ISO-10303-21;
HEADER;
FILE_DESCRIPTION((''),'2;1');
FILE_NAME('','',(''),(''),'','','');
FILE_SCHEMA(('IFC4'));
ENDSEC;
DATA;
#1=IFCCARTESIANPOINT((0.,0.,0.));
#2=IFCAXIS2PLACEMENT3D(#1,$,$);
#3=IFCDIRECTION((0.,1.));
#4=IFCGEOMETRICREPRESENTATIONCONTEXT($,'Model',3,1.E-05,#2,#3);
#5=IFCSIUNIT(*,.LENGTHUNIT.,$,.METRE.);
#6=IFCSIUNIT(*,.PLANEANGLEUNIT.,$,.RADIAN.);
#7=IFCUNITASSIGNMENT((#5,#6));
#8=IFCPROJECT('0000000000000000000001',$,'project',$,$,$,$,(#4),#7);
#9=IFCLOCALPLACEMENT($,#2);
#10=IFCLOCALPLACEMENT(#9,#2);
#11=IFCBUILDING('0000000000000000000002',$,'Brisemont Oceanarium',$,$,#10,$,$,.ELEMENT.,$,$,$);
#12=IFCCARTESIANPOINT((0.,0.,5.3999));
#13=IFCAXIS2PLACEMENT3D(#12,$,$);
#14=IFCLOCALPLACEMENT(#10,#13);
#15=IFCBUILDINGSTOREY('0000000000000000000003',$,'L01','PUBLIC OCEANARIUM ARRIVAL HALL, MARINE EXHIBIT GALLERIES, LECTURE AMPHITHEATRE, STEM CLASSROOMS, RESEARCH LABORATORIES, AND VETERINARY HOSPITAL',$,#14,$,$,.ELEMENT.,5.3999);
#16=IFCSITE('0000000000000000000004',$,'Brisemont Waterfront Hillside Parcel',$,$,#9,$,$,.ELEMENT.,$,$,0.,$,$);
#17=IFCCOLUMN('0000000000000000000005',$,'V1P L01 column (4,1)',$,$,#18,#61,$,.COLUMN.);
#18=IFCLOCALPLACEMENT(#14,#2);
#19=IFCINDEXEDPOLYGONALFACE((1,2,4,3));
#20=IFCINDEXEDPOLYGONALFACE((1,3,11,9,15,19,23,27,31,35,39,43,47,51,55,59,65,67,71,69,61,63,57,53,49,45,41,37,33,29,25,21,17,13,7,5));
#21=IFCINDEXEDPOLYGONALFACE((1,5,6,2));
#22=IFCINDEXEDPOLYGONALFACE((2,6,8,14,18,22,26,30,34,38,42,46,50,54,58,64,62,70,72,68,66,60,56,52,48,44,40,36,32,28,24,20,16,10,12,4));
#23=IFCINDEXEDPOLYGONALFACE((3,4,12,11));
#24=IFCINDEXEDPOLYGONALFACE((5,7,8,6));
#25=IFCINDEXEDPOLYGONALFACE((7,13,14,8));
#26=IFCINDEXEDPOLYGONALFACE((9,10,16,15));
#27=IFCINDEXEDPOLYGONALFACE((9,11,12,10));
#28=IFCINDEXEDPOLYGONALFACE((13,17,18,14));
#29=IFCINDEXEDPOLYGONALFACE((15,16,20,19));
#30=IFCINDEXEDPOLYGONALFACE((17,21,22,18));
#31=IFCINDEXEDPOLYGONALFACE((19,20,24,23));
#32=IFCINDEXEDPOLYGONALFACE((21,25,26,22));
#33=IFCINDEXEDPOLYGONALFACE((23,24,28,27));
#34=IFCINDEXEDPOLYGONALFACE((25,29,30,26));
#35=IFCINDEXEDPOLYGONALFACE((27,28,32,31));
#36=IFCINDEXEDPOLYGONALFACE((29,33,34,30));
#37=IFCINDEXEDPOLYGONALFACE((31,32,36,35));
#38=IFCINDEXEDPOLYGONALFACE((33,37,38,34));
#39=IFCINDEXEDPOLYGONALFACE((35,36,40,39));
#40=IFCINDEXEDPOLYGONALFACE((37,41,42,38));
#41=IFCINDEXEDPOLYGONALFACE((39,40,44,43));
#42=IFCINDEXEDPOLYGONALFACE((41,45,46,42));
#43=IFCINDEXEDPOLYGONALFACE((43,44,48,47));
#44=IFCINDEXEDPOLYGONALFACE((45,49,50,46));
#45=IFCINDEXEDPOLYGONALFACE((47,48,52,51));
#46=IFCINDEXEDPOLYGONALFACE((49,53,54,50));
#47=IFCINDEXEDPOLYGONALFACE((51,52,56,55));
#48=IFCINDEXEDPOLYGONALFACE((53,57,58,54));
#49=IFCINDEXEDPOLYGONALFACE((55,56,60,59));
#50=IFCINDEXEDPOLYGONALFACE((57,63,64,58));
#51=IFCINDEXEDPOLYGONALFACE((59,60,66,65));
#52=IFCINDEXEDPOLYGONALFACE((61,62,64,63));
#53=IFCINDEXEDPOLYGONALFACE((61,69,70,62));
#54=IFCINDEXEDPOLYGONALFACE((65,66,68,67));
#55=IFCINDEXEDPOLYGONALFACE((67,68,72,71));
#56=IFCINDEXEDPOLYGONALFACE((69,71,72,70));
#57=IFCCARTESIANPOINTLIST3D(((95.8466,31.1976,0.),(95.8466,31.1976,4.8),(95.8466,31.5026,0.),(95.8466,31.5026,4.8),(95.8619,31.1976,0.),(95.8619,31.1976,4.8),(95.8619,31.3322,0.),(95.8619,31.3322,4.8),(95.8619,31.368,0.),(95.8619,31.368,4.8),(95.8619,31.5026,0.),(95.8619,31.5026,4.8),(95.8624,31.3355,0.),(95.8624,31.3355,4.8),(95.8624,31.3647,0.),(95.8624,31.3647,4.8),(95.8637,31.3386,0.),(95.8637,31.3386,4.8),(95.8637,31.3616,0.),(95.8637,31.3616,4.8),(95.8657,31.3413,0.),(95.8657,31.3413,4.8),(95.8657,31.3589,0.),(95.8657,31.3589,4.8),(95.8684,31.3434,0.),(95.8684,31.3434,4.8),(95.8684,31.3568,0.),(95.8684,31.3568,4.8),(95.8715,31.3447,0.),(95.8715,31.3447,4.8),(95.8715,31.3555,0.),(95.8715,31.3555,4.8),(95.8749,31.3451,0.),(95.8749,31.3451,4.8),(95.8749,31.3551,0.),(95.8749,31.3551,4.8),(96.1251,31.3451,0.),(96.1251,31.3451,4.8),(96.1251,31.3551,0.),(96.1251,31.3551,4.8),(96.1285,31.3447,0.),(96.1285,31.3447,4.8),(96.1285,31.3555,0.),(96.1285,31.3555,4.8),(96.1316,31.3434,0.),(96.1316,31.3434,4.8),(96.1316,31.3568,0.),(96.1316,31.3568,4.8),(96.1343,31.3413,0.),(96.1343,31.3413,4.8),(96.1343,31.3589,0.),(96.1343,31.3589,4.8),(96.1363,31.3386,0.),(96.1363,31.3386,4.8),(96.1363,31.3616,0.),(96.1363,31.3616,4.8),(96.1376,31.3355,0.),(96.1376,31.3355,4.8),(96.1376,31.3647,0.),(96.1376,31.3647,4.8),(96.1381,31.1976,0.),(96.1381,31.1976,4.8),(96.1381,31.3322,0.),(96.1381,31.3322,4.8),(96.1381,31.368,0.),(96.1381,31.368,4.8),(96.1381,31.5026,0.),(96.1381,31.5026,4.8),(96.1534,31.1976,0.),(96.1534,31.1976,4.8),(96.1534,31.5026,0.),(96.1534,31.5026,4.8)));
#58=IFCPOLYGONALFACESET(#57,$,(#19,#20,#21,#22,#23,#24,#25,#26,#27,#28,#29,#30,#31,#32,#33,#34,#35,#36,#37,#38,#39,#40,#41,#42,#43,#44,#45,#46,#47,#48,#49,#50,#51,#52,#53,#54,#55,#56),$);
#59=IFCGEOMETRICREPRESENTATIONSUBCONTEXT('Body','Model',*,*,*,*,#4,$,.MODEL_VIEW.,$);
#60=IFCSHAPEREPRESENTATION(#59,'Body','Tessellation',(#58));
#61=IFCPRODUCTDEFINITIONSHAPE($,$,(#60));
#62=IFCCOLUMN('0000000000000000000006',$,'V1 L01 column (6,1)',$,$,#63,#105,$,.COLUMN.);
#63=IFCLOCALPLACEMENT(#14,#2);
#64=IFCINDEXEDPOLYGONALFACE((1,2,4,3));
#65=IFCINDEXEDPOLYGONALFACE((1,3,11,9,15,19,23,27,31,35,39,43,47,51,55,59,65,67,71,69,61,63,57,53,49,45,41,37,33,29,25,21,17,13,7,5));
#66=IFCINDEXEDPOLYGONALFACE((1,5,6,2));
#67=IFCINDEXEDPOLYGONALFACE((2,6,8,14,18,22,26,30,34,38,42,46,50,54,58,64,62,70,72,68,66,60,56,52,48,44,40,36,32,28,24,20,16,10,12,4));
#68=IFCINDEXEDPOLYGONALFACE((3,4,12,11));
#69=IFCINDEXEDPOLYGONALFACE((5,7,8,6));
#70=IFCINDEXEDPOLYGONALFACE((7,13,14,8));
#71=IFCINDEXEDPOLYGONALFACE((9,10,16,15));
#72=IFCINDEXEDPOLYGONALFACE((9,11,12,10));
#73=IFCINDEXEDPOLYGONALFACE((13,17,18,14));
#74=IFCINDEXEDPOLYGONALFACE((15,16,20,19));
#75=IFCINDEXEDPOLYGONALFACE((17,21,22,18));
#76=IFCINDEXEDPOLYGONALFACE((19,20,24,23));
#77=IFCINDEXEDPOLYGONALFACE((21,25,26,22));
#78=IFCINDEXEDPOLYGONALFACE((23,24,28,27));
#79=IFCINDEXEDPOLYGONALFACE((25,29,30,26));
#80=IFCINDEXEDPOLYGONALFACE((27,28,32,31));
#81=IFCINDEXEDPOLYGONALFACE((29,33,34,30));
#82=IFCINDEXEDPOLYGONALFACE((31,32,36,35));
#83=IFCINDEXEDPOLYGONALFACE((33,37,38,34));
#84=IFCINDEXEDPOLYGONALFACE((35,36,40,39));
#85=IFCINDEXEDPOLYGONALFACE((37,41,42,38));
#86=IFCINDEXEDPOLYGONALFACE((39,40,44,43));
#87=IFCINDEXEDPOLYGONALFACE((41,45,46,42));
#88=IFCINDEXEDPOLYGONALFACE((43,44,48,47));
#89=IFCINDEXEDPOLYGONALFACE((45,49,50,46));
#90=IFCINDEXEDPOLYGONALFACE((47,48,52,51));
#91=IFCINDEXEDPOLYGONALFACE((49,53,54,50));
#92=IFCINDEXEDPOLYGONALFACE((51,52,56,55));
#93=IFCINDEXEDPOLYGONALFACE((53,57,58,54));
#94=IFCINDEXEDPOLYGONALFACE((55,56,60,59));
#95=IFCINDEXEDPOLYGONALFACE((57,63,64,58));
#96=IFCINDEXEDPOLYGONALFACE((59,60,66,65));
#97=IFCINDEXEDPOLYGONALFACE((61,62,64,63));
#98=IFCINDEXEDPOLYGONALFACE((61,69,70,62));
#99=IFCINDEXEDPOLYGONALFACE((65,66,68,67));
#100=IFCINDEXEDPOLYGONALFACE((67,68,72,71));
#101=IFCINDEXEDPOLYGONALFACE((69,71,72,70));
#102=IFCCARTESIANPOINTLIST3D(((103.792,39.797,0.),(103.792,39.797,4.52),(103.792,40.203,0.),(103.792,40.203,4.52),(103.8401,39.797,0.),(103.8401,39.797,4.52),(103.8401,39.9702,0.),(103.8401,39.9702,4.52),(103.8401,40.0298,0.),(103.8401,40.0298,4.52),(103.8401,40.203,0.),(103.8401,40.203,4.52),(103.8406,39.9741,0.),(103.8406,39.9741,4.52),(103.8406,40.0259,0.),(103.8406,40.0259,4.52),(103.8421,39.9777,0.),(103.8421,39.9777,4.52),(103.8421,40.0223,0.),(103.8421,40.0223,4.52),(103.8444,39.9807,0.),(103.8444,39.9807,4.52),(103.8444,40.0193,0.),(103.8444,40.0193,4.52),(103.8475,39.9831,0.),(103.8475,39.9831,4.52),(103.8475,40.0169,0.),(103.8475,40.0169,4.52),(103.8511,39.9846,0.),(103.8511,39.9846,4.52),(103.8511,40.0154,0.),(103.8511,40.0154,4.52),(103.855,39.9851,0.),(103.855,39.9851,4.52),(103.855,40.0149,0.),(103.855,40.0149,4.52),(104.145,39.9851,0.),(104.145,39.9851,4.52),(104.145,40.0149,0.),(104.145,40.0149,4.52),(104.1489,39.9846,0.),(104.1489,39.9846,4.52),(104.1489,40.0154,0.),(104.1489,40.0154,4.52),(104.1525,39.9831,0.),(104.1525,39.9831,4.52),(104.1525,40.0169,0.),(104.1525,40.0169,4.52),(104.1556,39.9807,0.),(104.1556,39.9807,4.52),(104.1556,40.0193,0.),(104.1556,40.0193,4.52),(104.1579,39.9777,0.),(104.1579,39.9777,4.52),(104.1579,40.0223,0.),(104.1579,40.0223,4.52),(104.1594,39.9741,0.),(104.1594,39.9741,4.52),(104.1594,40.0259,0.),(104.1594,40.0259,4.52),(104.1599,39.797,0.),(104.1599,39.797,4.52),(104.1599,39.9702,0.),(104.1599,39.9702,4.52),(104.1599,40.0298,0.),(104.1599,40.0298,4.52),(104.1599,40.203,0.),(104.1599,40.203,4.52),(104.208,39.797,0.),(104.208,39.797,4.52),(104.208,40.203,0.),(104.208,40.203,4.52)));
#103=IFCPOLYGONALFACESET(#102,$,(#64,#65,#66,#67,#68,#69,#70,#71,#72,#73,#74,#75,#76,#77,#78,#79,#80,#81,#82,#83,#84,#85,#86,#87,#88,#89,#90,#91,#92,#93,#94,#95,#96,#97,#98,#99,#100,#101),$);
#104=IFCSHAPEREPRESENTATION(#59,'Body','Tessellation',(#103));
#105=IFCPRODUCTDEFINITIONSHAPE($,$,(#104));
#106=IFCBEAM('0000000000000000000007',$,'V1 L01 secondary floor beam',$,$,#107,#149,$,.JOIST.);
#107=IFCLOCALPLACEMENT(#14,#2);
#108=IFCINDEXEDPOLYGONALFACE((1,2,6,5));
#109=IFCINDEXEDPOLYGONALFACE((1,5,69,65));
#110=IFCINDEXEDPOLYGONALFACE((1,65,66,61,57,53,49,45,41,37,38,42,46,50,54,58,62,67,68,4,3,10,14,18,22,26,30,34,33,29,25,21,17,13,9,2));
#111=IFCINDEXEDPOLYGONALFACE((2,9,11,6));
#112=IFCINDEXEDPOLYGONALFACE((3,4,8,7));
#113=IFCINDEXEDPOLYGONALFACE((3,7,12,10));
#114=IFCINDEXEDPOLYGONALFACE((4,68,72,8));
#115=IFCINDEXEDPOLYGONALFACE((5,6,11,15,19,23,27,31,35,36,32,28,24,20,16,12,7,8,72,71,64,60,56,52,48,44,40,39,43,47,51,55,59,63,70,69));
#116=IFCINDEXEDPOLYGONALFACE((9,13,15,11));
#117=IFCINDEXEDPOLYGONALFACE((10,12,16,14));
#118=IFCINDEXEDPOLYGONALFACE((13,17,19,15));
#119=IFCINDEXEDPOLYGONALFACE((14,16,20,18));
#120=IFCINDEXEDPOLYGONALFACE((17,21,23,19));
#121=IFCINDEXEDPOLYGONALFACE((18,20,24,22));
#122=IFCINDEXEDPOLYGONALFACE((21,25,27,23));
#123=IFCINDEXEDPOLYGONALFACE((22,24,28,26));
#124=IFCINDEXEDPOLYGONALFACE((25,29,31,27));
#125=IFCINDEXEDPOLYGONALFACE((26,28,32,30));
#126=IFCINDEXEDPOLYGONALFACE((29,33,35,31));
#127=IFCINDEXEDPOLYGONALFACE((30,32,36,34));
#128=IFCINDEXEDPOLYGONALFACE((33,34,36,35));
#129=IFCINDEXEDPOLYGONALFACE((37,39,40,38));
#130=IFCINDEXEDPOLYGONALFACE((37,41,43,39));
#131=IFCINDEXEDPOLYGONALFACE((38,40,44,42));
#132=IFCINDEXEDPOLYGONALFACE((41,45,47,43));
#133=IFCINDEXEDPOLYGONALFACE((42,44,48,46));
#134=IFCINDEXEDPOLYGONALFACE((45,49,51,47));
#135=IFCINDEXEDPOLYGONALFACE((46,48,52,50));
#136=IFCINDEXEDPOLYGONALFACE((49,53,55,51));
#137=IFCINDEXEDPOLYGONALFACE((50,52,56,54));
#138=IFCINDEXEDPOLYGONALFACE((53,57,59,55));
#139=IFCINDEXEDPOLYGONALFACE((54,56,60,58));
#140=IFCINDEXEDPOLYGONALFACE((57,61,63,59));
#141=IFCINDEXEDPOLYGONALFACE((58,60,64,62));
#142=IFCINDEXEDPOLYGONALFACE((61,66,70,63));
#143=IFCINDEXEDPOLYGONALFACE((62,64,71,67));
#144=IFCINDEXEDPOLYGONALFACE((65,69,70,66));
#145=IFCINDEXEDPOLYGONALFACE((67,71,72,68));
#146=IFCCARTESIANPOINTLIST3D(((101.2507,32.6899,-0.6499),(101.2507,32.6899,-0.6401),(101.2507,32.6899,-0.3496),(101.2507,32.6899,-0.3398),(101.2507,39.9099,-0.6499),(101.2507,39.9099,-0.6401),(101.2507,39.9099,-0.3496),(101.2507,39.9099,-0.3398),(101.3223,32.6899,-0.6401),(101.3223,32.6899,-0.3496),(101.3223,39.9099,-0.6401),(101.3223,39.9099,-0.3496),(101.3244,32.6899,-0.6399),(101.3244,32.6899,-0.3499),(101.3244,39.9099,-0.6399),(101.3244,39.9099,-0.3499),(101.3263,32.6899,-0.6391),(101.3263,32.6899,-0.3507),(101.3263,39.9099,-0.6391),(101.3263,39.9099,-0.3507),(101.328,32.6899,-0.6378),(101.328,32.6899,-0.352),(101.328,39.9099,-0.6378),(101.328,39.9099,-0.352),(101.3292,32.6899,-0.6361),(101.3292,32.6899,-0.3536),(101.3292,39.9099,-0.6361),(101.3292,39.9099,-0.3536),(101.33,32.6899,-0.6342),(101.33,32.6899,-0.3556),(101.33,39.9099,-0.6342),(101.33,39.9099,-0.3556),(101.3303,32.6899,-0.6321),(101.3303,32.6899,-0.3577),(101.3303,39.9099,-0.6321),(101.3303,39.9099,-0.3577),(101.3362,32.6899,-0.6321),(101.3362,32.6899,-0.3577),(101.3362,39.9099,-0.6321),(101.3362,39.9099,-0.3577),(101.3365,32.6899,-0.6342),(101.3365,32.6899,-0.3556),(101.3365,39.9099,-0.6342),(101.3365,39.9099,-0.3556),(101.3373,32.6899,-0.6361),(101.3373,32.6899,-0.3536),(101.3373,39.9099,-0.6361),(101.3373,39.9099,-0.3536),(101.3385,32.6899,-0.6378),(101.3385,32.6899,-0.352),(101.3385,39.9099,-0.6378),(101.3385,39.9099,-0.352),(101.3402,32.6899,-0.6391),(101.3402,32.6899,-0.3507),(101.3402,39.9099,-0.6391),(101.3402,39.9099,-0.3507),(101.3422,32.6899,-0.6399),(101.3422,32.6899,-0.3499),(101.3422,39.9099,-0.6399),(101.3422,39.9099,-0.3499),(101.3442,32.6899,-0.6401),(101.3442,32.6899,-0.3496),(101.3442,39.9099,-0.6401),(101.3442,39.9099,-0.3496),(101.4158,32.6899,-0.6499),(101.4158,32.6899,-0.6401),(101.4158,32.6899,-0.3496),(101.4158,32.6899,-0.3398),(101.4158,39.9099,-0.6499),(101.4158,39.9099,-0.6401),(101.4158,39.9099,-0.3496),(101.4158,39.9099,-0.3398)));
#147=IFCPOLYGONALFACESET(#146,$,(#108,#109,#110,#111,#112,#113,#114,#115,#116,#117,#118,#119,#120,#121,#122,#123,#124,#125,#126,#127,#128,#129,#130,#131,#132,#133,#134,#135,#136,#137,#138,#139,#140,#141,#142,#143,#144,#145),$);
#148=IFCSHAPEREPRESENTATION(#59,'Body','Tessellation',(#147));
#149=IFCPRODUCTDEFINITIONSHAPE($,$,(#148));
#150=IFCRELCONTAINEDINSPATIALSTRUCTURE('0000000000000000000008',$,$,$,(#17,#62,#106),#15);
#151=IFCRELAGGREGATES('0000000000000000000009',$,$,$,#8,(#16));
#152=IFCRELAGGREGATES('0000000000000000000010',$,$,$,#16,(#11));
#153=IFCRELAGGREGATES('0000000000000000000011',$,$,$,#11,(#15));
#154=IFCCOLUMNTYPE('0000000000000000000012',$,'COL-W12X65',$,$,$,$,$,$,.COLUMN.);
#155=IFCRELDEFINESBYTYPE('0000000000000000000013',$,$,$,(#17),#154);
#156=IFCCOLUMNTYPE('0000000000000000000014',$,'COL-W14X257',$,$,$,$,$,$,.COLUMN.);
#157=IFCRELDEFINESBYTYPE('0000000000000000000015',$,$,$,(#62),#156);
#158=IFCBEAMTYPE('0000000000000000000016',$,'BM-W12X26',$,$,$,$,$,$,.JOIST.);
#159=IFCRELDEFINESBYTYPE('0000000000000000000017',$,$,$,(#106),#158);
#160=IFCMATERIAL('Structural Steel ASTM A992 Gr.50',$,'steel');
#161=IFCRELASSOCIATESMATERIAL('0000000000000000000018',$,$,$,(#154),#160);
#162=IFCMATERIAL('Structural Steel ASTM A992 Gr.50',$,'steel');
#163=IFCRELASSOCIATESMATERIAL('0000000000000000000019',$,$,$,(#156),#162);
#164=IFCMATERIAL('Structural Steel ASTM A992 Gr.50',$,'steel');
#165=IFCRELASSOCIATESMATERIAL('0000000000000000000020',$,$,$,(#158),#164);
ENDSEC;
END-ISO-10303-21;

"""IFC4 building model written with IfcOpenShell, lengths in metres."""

from ifc_helpers import new_model, si_unit, direction, frame, origin, origin_2d, place, context, subcontext, project, spatial, i_section, extrude, material, material_profile, profile_set, type_object, element, save


model = new_model("IFC4")

# Units and contexts
model_context = context("Model", 3, precision=1e-05, world=origin(), true_north=direction((0.0, 1.0)))
body_context = subcontext(model_context, "Body", "Model", "MODEL_VIEW")
ifc_project = project(units=[si_unit("LENGTHUNIT", "METRE"), si_unit("PLANEANGLEUNIT", "RADIAN")], contexts=[model_context])

# Site, building, storey
site_placement = place(None, origin())
site = spatial("IfcSite", under=ifc_project, at=site_placement, Name="Brisemont Waterfront Hillside Parcel", CompositionType="ELEMENT", RefElevation=0.0)
building_placement = place(site_placement, origin())
building = spatial("IfcBuilding", under=site, at=building_placement, Name="Brisemont Oceanarium", CompositionType="ELEMENT")
storey_placement = place(building_placement, frame((0.0, 0.0, 5.3999)))
storey = spatial("IfcBuildingStorey", under=building, at=storey_placement, Name="L01", Description="PUBLIC OCEANARIUM ARRIVAL HALL, MARINE EXHIBIT GALLERIES, LECTURE AMPHITHEATRE, STEM CLASSROOMS, RESEARCH LABORATORIES, AND VETERINARY HOSPITAL", CompositionType="ELEMENT", Elevation=5.3999)

# Columns
ifc_material_1 = material(Name="Structural Steel ASTM A992 Gr.50", Category="steel")
ifc_material_profile_1 = material_profile(ifc_material_1, i_section(OverallWidth=0.3049, OverallDepth=0.3069, WebThickness=0.01, FlangeThickness=0.0154, FilletRadius=0.0129, at=origin_2d()), Name="W12X65")
ifc_profile_set_1 = profile_set([ifc_material_profile_1], Name="Structural Steel ASTM A992 Gr.50")
column_type_1 = type_object("IfcColumnType", Name="COL-W12X65", PredefinedType="COLUMN", material=ifc_profile_set_1)
column_1_placement = place(storey_placement, frame((96.0, 31.3501, 0.0), z_axis=(0.0, 0.0, 1.0), x_axis=(0.0, 1.0, 0.0)))
element("IfcColumn", 1, at=column_1_placement, inside=storey, type_object=column_type_1, Name="V1P L01 column (4,1)", PredefinedType="COLUMN", context=body_context, shape_type="SweptSolid", body=[
    extrude(i_section(OverallWidth=0.3049, OverallDepth=0.3069, WebThickness=0.01, FlangeThickness=0.0154, FilletRadius=0.0129, at=origin_2d()), origin(), (0.0, 0.0, 1.0), 4.8),
])
ifc_material_2 = material(Name="Structural Steel ASTM A992 Gr.50", Category="steel")
ifc_material_profile_2 = material_profile(ifc_material_2, i_section(OverallWidth=0.406, OverallDepth=0.416, WebThickness=0.0298, FlangeThickness=0.0481, FilletRadius=0.0149, at=origin_2d()), Name="W14X257")
ifc_profile_set_2 = profile_set([ifc_material_profile_2], Name="Structural Steel ASTM A992 Gr.50")
column_type_2 = type_object("IfcColumnType", Name="COL-W14X257", PredefinedType="COLUMN", material=ifc_profile_set_2)
column_2_placement = place(storey_placement, frame((104.0, 40.0, 0.0), z_axis=(0.0, 0.0, 1.0), x_axis=(0.0, 1.0, 0.0)))
element("IfcColumn", 2, at=column_2_placement, inside=storey, type_object=column_type_2, Name="V1 L01 column (6,1)", PredefinedType="COLUMN", context=body_context, shape_type="SweptSolid", body=[
    extrude(i_section(OverallWidth=0.406, OverallDepth=0.416, WebThickness=0.0298, FlangeThickness=0.0481, FilletRadius=0.0149, at=origin_2d()), origin(), (0.0, 0.0, 1.0), 4.52),
])

# Beam
ifc_material_3 = material(Name="Structural Steel ASTM A992 Gr.50", Category="steel")
ifc_material_profile_3 = material_profile(ifc_material_3, i_section(OverallWidth=0.165, OverallDepth=0.3101, WebThickness=0.0059, FlangeThickness=0.0098, FilletRadius=0.0081, at=origin_2d()), Name="W12X26")
ifc_profile_set_3 = profile_set([ifc_material_profile_3], Name="Structural Steel ASTM A992 Gr.50")
beam_type_1 = type_object("IfcBeamType", Name="BM-W12X26", PredefinedType="JOIST", material=ifc_profile_set_3)
beam_1_placement = place(storey_placement, frame((101.3333, 32.6899, -0.4949), z_axis=(0.0, 1.0, 0.0), x_axis=(-1.0, 0.0, 0.0)))
element("IfcBeam", 3, at=beam_1_placement, inside=storey, type_object=beam_type_1, Name="V1 L01 secondary floor beam", PredefinedType="JOIST", context=body_context, shape_type="SweptSolid", body=[
    extrude(i_section(OverallWidth=0.165, OverallDepth=0.3101, WebThickness=0.0059, FlangeThickness=0.0098, FilletRadius=0.0081, at=origin_2d()), origin(), (0.0, 0.0, 1.0), 7.22),
])

save(model, "model.ifc")
